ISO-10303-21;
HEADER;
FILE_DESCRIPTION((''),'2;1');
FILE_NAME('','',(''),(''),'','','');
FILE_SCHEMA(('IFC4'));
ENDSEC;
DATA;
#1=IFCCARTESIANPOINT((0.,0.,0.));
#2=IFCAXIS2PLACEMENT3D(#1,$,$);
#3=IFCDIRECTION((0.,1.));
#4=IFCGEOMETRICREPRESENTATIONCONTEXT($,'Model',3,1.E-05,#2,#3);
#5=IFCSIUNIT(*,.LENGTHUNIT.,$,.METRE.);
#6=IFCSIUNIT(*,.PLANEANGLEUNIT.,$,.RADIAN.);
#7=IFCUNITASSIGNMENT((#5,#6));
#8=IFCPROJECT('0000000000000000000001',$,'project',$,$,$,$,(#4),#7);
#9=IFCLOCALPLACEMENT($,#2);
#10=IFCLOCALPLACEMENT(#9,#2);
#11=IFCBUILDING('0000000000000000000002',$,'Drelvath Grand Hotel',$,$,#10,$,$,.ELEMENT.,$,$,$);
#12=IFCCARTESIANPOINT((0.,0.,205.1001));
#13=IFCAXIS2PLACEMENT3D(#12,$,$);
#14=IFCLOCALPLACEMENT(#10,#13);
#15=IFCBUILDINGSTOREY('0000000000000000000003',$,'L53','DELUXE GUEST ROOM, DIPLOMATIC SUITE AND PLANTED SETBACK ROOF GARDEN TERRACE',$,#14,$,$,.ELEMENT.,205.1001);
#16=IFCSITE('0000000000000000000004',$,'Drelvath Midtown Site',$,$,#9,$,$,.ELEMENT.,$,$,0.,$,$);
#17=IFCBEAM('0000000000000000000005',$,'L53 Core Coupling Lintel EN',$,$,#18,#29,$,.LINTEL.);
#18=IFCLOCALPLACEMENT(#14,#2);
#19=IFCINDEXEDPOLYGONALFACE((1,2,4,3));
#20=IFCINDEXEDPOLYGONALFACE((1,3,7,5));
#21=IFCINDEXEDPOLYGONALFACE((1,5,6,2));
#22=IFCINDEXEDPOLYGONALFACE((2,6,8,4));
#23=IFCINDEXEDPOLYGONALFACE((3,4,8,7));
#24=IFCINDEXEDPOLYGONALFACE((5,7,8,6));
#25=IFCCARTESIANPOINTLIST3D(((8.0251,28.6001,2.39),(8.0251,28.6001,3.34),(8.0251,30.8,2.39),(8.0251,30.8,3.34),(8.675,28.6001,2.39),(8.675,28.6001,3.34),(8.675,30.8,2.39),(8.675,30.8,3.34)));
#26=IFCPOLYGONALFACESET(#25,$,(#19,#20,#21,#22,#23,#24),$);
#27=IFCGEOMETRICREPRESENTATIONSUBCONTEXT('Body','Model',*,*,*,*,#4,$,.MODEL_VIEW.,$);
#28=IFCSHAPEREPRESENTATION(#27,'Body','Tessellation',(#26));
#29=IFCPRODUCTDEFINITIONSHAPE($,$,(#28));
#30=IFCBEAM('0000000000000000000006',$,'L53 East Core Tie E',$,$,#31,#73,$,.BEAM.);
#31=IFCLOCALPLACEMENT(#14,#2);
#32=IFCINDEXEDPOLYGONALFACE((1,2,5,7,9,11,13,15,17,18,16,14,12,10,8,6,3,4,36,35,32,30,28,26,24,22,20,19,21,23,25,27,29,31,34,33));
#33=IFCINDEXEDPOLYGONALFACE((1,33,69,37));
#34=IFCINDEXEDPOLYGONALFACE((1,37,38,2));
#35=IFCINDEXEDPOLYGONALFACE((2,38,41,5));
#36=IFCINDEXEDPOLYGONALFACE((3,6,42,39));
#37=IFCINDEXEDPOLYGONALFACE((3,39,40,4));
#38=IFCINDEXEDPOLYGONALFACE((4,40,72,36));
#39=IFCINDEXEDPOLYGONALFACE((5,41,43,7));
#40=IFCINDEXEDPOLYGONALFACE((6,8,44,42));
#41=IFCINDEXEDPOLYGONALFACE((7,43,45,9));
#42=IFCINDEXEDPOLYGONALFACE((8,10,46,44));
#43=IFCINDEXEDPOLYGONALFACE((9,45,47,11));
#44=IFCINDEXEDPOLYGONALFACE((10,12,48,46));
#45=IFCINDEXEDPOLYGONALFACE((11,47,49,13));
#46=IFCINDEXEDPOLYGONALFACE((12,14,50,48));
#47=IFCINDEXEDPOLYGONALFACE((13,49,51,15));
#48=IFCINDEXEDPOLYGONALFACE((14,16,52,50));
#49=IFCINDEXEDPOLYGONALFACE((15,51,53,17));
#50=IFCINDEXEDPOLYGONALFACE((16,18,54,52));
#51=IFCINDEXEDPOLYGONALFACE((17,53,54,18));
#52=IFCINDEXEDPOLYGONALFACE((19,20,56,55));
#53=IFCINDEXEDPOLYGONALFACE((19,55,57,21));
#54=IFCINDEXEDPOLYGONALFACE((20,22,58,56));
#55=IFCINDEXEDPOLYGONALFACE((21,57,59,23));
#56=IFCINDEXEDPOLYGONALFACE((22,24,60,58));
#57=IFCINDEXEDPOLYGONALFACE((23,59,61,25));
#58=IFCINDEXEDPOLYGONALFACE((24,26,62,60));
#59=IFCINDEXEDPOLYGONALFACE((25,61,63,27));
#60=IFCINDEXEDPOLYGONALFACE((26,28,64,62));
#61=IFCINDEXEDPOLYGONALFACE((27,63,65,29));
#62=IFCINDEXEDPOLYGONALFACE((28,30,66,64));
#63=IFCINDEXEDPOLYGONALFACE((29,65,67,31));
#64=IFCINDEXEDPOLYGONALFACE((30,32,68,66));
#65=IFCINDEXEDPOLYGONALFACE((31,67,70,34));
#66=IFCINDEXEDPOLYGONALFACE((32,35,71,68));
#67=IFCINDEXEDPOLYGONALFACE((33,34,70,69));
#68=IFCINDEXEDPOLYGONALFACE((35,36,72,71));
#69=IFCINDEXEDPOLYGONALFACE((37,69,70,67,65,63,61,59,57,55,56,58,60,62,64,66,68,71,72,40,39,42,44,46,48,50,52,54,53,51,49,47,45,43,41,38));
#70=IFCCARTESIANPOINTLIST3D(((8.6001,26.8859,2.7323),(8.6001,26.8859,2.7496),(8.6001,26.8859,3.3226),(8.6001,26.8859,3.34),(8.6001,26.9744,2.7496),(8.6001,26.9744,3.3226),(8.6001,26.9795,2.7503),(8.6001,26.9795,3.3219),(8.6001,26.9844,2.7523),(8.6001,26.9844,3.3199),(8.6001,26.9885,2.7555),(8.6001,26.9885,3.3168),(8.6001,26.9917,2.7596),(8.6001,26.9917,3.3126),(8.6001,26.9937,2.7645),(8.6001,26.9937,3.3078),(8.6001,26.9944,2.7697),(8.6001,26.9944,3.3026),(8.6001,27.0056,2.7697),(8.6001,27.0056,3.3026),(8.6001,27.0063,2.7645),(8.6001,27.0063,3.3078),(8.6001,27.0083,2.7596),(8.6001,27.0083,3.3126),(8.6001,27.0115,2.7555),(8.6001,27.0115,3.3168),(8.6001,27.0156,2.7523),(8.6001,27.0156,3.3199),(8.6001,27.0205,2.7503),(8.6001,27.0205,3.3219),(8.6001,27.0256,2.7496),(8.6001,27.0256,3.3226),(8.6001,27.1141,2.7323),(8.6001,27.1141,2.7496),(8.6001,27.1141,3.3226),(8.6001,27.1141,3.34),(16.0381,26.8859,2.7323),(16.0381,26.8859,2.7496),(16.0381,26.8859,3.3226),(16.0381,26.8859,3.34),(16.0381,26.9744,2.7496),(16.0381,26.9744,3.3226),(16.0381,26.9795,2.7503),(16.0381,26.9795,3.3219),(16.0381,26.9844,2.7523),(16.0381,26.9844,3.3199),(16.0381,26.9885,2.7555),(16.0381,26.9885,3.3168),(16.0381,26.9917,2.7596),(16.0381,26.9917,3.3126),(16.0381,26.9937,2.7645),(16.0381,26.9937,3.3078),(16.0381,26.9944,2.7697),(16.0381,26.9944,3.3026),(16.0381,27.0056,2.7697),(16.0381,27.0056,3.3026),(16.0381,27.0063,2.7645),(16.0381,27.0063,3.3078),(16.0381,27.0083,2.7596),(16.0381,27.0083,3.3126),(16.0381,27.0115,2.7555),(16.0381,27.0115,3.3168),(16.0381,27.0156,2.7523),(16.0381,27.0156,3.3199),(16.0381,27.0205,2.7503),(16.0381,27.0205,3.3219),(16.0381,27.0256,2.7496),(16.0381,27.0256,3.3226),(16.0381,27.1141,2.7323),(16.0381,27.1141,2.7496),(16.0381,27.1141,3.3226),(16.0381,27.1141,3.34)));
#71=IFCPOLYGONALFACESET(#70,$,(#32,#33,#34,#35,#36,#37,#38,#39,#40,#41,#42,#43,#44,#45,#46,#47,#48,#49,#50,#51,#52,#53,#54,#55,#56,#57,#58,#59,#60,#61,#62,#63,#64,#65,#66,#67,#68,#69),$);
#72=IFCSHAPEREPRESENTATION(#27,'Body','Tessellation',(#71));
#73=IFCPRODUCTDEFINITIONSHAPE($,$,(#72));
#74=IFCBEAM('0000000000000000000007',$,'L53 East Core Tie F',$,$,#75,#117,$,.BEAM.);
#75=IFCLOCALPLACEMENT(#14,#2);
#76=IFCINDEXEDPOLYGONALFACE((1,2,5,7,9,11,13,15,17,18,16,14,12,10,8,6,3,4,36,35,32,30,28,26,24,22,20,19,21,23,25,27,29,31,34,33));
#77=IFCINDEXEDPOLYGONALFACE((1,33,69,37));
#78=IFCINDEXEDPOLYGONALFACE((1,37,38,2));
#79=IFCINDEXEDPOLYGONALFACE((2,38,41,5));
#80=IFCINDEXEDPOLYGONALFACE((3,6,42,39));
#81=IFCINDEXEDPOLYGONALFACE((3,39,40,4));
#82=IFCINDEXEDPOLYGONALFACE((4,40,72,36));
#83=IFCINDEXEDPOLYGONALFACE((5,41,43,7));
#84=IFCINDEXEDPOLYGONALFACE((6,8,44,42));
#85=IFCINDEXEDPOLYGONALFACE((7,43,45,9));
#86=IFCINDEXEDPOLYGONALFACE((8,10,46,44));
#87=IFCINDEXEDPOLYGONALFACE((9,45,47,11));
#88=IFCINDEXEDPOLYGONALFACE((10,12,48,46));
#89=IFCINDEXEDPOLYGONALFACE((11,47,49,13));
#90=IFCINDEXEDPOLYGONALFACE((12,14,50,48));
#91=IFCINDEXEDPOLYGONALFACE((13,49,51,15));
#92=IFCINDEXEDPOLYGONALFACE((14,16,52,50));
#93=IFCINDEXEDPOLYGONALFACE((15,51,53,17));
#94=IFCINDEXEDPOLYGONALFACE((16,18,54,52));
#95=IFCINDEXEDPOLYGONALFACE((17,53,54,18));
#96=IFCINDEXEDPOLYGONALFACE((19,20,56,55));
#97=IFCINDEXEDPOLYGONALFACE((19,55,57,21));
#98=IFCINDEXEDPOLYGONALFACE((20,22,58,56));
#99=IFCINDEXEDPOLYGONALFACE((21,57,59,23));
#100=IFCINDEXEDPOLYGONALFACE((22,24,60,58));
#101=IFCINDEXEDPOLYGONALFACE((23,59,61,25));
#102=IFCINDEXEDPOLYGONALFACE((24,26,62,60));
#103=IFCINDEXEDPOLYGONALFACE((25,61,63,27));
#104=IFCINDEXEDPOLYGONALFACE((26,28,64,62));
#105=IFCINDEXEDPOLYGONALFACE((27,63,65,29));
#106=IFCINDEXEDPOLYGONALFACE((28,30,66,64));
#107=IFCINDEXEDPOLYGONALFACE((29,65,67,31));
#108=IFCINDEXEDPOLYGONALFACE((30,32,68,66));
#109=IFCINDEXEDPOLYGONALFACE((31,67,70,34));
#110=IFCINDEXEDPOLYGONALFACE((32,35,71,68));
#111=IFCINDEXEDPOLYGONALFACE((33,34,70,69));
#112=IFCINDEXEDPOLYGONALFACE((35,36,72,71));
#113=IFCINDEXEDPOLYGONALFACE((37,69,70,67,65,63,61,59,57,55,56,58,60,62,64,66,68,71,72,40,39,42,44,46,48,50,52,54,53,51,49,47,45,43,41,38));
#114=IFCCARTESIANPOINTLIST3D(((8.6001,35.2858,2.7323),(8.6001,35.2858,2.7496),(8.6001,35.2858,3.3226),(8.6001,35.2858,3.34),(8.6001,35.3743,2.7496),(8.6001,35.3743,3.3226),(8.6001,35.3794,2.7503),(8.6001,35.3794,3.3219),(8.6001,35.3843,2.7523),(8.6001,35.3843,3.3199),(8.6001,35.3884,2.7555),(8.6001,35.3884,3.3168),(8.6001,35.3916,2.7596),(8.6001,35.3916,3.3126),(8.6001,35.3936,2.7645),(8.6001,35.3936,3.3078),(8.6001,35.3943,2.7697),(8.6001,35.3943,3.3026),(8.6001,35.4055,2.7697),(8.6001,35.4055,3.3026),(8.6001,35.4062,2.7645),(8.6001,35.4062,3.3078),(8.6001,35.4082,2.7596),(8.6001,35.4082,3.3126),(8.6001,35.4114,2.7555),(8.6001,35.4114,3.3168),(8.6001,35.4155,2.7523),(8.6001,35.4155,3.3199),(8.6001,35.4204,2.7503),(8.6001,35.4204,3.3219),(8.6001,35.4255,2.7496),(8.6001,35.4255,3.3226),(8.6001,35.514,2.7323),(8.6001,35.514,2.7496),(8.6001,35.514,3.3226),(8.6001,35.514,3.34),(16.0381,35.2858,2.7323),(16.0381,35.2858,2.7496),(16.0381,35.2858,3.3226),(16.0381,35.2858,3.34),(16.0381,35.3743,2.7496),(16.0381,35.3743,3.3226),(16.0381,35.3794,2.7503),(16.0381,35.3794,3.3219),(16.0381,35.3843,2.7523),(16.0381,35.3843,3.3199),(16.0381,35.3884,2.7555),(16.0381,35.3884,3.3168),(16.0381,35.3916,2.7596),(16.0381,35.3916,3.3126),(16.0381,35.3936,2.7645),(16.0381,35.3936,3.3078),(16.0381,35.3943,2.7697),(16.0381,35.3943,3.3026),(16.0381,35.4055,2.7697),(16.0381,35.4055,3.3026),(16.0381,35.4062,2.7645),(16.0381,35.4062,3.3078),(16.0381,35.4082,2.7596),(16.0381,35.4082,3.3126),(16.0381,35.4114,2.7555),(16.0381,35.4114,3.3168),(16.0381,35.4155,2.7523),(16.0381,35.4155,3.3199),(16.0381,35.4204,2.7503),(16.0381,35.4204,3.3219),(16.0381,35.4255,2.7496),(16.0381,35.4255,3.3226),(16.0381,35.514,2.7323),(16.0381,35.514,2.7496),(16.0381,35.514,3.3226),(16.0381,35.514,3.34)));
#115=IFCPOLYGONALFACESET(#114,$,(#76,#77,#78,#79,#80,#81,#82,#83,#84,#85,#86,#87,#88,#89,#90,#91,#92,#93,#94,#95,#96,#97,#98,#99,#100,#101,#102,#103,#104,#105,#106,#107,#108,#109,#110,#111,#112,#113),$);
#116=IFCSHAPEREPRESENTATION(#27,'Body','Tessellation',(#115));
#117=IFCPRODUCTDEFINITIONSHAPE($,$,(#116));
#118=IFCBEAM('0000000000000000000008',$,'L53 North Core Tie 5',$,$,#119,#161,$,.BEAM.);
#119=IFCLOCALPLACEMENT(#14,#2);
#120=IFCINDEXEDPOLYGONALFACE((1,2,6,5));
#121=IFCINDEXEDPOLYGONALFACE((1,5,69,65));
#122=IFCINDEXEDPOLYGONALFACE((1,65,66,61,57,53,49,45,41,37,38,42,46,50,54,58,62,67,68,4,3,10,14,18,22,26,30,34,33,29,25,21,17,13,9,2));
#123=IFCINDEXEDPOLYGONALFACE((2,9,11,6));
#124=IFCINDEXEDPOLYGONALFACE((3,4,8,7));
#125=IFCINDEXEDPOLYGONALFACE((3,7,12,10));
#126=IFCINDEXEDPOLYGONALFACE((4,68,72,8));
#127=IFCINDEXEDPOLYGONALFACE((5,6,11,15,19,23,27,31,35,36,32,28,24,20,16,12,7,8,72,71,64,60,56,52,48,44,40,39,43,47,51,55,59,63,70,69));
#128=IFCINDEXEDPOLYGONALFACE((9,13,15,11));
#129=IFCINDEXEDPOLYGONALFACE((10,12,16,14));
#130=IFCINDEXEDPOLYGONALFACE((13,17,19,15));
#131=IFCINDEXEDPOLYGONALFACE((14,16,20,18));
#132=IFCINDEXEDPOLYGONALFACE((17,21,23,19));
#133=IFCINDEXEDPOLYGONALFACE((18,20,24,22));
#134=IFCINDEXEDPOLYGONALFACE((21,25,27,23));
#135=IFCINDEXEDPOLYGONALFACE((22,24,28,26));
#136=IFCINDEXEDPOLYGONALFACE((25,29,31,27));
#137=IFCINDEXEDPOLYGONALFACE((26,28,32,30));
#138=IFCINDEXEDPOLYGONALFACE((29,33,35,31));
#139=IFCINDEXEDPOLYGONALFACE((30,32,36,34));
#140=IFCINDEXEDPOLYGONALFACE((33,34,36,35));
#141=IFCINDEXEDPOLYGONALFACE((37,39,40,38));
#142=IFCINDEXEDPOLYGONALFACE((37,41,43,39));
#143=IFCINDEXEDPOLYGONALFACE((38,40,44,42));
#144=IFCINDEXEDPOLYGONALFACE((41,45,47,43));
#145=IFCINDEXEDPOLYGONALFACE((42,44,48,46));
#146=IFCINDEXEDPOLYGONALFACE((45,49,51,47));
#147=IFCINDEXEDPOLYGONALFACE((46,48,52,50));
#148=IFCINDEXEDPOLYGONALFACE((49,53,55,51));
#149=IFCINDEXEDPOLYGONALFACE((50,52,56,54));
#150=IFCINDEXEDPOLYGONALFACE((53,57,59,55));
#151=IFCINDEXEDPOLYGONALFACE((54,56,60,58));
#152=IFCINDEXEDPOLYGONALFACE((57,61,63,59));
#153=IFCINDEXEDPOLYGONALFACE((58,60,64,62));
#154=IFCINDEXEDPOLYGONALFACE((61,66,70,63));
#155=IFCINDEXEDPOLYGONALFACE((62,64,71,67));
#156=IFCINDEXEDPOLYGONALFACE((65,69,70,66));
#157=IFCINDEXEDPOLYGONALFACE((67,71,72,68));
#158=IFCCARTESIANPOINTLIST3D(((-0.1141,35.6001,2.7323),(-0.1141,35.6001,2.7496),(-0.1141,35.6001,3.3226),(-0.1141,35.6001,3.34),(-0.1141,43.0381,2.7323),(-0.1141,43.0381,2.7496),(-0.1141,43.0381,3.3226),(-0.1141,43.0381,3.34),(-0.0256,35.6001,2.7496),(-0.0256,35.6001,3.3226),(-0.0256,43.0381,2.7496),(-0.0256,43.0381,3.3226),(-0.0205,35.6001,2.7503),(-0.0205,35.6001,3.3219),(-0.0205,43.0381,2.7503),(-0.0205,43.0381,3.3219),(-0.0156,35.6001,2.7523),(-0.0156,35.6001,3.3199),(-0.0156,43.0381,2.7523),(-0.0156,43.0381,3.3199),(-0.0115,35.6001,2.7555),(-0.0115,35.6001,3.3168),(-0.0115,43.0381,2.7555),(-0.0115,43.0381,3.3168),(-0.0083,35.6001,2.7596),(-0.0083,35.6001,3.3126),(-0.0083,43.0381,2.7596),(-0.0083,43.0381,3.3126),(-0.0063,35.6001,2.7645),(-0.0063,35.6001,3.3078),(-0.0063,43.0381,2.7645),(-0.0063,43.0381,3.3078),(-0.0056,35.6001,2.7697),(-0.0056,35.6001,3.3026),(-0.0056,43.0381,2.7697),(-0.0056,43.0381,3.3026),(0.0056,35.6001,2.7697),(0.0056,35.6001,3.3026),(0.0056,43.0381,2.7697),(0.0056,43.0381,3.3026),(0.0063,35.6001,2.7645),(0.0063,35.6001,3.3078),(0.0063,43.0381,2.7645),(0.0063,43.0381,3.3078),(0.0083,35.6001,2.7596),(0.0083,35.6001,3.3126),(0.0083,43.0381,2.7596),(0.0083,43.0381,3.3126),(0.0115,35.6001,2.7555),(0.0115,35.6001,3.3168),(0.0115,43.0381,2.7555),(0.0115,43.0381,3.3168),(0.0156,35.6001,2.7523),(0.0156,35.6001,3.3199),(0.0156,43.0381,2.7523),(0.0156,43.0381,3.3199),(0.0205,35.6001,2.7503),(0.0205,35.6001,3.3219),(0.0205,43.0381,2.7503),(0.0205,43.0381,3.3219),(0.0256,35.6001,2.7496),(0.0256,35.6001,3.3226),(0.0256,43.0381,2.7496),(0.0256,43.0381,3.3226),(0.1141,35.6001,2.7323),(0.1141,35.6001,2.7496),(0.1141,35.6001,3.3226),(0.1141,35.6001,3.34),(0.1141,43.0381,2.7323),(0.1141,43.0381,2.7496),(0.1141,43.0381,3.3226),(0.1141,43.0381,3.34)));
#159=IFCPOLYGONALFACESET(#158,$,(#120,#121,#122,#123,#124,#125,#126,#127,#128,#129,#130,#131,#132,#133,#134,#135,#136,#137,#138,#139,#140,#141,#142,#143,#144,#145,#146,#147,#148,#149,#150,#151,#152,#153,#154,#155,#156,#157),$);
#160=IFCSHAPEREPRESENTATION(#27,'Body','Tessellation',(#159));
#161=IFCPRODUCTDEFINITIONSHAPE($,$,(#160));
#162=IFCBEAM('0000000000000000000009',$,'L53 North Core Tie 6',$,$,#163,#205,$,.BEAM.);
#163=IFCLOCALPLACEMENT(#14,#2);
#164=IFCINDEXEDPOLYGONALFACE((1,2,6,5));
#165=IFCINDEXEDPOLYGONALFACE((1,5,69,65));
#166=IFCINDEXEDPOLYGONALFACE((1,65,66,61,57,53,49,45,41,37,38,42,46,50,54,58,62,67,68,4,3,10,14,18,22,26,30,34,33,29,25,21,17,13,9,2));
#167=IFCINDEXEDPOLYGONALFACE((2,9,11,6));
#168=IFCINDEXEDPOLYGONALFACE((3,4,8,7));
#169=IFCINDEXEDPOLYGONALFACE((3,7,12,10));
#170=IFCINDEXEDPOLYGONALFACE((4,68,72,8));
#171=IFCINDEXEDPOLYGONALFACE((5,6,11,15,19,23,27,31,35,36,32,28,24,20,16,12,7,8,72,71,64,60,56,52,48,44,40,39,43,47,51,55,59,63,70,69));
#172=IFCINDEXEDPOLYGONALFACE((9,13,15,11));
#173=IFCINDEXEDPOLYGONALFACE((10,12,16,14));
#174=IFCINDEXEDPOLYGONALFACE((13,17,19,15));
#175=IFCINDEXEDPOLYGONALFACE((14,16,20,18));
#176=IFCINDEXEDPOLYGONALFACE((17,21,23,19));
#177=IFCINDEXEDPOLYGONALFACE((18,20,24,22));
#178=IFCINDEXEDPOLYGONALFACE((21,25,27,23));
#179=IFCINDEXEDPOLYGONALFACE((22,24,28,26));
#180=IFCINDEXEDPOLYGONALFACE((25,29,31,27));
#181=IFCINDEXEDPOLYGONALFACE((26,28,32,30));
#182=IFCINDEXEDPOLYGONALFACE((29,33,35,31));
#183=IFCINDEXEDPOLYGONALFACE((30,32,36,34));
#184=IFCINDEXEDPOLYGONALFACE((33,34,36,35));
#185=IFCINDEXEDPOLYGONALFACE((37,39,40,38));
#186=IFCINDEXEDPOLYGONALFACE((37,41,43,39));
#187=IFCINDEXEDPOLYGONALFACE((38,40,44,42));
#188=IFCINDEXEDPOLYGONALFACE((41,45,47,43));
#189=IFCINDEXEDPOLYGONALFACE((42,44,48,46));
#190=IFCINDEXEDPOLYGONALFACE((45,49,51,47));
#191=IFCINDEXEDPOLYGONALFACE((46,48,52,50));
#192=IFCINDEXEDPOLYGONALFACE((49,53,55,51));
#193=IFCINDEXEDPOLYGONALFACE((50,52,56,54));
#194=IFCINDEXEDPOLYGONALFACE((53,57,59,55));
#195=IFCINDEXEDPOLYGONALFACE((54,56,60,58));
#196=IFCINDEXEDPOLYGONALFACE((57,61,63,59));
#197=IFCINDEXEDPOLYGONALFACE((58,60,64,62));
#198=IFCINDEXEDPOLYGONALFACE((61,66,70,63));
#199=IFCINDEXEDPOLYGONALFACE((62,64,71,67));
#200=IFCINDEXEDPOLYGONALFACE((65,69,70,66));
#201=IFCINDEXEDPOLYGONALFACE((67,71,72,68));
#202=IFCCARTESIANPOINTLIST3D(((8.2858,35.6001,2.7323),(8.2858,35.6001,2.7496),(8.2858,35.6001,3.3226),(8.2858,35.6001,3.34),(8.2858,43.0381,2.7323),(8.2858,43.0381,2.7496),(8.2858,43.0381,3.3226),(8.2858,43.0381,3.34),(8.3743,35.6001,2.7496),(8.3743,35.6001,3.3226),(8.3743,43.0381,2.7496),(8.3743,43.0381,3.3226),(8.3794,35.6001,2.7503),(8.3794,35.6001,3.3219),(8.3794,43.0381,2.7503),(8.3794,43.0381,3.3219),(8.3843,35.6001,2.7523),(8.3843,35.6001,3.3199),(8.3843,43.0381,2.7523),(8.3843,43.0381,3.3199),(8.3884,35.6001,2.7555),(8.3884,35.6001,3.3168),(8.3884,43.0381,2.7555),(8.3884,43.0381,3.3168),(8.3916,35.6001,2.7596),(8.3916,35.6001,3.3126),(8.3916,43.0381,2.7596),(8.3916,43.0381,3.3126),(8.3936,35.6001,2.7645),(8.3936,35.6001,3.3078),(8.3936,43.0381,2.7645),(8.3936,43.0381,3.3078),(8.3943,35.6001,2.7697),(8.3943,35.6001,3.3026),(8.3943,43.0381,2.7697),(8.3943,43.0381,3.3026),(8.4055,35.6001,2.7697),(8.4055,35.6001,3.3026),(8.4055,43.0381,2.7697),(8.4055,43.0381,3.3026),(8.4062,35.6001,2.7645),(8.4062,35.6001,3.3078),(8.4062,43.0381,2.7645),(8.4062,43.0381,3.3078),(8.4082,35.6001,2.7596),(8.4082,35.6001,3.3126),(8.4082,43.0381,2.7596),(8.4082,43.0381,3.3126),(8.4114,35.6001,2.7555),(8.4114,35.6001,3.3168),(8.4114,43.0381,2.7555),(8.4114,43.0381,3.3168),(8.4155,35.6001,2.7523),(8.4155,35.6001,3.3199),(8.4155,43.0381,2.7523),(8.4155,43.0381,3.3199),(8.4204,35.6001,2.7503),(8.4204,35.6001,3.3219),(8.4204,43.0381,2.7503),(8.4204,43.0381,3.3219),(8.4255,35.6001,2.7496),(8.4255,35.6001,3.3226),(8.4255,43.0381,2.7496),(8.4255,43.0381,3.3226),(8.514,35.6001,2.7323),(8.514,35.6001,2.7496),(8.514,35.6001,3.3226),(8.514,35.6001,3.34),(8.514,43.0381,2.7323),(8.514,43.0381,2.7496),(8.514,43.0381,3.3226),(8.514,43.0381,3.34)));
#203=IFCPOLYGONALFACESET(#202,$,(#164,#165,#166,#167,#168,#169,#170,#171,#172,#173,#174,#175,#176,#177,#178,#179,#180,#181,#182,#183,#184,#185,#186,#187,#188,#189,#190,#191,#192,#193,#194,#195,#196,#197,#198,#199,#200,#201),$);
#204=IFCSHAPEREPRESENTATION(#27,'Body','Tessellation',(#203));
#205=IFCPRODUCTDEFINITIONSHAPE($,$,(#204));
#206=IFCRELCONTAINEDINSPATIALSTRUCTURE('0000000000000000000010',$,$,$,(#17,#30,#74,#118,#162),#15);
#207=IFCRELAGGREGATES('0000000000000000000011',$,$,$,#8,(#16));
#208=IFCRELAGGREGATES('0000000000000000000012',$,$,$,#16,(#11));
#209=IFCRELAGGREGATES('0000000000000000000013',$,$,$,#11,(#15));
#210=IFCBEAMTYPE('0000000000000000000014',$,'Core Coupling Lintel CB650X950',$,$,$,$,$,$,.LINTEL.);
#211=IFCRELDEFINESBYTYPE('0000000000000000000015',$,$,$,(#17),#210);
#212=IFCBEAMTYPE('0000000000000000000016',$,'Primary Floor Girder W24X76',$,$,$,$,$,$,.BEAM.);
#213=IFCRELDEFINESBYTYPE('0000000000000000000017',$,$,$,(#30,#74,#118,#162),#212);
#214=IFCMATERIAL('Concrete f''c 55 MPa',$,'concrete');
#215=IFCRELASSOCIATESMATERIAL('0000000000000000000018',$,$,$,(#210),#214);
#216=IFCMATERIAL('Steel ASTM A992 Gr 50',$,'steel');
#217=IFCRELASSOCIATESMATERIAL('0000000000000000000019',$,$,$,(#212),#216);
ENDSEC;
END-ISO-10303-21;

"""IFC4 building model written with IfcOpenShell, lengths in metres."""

from ifc_helpers import new_model, si_unit, direction, frame, origin, origin_2d, place, context, subcontext, project, spatial, rectangle, i_section, extrude, material, material_profile, profile_set, type_object, element, save


model = new_model("IFC4")

# Units and contexts
model_context = context("Model", 3, precision=1e-05, world=origin(), true_north=direction((0.0, 1.0)))
body_context = subcontext(model_context, "Body", "Model", "MODEL_VIEW")
ifc_project = project(units=[si_unit("LENGTHUNIT", "METRE"), si_unit("PLANEANGLEUNIT", "RADIAN")], contexts=[model_context])

# Site, building, storey
site_placement = place(None, origin())
site = spatial("IfcSite", under=ifc_project, at=site_placement, Name="Drelvath Midtown Site", CompositionType="ELEMENT", RefElevation=0.0)
building_placement = place(site_placement, origin())
building = spatial("IfcBuilding", under=site, at=building_placement, Name="Drelvath Grand Hotel", CompositionType="ELEMENT")
storey_placement = place(building_placement, frame((0.0, 0.0, 205.1001)))
storey = spatial("IfcBuildingStorey", under=building, at=storey_placement, Name="L53", Description="DELUXE GUEST ROOM, DIPLOMATIC SUITE AND PLANTED SETBACK ROOF GARDEN TERRACE", CompositionType="ELEMENT", Elevation=205.1001)

# Beams
ifc_material_1 = material(Name="Concrete f'c 55 MPa", Category="concrete")
ifc_material_profile_1 = material_profile(ifc_material_1, rectangle(XDim=0.6499, YDim=0.95, at=origin_2d()), Name="CB650X950")
ifc_profile_set_1 = profile_set([ifc_material_profile_1], Name="Concrete f'c 55 MPa")
beam_type_1 = type_object("IfcBeamType", Name="Core Coupling Lintel CB650X950", PredefinedType="LINTEL", material=ifc_profile_set_1)
beam_placement = place(storey_placement, frame((8.3501, 28.6001, 2.865), z_axis=(0.0, 1.0, 0.0), x_axis=(-1.0, 0.0, 0.0)))
element("IfcBeam", 1, at=beam_placement, inside=storey, type_object=beam_type_1, Name="L53 Core Coupling Lintel EN", PredefinedType="LINTEL", context=body_context, shape_type="SweptSolid", body=[
    extrude(rectangle(XDim=0.6499, YDim=0.95, at=origin_2d()), origin(), (0.0, 0.0, 1.0), 2.2),
])
ifc_material_2 = material(Name="Steel ASTM A992 Gr 50", Category="steel")
ifc_material_profile_2 = material_profile(ifc_material_2, i_section(OverallWidth=0.2283, OverallDepth=0.6077, WebThickness=0.0112, FlangeThickness=0.0173, FilletRadius=0.02, at=origin_2d()), Name="W24X76")
ifc_profile_set_2 = profile_set([ifc_material_profile_2], Name="Steel ASTM A992 Gr 50")
beam_type_2 = type_object("IfcBeamType", Name="Primary Floor Girder W24X76", PredefinedType="BEAM", material=ifc_profile_set_2)
for number, where, z_axis, x_axis, name in (
    (2, (8.6001, 27.0, 3.0361), (1.0, 0.0, 0.0), (0.0, 1.0, 0.0), "L53 East Core Tie E"),
    (3, (8.6001, 35.3999, 3.0361), (1.0, 0.0, 0.0), (0.0, 1.0, 0.0), "L53 East Core Tie F"),
    (4, (0.0, 35.6001, 3.0361), (0.0, 1.0, 0.0), (-1.0, 0.0, 0.0), "L53 North Core Tie 5"),
    (5, (8.3999, 35.6001, 3.0361), (0.0, 1.0, 0.0), (-1.0, 0.0, 0.0), "L53 North Core Tie 6"),
):
    element("IfcBeam", number, at=place(storey_placement, frame(where, z_axis=z_axis, x_axis=x_axis)), inside=storey, type_object=beam_type_2, Name=name, PredefinedType="BEAM", context=body_context, shape_type="SweptSolid", body=[
        extrude(i_section(OverallWidth=0.2283, OverallDepth=0.6077, WebThickness=0.0112, FlangeThickness=0.0173, FilletRadius=0.02, at=origin_2d()), origin(), (0.0, 0.0, 1.0), 7.438),
    ])

save(model, "model.ifc")
